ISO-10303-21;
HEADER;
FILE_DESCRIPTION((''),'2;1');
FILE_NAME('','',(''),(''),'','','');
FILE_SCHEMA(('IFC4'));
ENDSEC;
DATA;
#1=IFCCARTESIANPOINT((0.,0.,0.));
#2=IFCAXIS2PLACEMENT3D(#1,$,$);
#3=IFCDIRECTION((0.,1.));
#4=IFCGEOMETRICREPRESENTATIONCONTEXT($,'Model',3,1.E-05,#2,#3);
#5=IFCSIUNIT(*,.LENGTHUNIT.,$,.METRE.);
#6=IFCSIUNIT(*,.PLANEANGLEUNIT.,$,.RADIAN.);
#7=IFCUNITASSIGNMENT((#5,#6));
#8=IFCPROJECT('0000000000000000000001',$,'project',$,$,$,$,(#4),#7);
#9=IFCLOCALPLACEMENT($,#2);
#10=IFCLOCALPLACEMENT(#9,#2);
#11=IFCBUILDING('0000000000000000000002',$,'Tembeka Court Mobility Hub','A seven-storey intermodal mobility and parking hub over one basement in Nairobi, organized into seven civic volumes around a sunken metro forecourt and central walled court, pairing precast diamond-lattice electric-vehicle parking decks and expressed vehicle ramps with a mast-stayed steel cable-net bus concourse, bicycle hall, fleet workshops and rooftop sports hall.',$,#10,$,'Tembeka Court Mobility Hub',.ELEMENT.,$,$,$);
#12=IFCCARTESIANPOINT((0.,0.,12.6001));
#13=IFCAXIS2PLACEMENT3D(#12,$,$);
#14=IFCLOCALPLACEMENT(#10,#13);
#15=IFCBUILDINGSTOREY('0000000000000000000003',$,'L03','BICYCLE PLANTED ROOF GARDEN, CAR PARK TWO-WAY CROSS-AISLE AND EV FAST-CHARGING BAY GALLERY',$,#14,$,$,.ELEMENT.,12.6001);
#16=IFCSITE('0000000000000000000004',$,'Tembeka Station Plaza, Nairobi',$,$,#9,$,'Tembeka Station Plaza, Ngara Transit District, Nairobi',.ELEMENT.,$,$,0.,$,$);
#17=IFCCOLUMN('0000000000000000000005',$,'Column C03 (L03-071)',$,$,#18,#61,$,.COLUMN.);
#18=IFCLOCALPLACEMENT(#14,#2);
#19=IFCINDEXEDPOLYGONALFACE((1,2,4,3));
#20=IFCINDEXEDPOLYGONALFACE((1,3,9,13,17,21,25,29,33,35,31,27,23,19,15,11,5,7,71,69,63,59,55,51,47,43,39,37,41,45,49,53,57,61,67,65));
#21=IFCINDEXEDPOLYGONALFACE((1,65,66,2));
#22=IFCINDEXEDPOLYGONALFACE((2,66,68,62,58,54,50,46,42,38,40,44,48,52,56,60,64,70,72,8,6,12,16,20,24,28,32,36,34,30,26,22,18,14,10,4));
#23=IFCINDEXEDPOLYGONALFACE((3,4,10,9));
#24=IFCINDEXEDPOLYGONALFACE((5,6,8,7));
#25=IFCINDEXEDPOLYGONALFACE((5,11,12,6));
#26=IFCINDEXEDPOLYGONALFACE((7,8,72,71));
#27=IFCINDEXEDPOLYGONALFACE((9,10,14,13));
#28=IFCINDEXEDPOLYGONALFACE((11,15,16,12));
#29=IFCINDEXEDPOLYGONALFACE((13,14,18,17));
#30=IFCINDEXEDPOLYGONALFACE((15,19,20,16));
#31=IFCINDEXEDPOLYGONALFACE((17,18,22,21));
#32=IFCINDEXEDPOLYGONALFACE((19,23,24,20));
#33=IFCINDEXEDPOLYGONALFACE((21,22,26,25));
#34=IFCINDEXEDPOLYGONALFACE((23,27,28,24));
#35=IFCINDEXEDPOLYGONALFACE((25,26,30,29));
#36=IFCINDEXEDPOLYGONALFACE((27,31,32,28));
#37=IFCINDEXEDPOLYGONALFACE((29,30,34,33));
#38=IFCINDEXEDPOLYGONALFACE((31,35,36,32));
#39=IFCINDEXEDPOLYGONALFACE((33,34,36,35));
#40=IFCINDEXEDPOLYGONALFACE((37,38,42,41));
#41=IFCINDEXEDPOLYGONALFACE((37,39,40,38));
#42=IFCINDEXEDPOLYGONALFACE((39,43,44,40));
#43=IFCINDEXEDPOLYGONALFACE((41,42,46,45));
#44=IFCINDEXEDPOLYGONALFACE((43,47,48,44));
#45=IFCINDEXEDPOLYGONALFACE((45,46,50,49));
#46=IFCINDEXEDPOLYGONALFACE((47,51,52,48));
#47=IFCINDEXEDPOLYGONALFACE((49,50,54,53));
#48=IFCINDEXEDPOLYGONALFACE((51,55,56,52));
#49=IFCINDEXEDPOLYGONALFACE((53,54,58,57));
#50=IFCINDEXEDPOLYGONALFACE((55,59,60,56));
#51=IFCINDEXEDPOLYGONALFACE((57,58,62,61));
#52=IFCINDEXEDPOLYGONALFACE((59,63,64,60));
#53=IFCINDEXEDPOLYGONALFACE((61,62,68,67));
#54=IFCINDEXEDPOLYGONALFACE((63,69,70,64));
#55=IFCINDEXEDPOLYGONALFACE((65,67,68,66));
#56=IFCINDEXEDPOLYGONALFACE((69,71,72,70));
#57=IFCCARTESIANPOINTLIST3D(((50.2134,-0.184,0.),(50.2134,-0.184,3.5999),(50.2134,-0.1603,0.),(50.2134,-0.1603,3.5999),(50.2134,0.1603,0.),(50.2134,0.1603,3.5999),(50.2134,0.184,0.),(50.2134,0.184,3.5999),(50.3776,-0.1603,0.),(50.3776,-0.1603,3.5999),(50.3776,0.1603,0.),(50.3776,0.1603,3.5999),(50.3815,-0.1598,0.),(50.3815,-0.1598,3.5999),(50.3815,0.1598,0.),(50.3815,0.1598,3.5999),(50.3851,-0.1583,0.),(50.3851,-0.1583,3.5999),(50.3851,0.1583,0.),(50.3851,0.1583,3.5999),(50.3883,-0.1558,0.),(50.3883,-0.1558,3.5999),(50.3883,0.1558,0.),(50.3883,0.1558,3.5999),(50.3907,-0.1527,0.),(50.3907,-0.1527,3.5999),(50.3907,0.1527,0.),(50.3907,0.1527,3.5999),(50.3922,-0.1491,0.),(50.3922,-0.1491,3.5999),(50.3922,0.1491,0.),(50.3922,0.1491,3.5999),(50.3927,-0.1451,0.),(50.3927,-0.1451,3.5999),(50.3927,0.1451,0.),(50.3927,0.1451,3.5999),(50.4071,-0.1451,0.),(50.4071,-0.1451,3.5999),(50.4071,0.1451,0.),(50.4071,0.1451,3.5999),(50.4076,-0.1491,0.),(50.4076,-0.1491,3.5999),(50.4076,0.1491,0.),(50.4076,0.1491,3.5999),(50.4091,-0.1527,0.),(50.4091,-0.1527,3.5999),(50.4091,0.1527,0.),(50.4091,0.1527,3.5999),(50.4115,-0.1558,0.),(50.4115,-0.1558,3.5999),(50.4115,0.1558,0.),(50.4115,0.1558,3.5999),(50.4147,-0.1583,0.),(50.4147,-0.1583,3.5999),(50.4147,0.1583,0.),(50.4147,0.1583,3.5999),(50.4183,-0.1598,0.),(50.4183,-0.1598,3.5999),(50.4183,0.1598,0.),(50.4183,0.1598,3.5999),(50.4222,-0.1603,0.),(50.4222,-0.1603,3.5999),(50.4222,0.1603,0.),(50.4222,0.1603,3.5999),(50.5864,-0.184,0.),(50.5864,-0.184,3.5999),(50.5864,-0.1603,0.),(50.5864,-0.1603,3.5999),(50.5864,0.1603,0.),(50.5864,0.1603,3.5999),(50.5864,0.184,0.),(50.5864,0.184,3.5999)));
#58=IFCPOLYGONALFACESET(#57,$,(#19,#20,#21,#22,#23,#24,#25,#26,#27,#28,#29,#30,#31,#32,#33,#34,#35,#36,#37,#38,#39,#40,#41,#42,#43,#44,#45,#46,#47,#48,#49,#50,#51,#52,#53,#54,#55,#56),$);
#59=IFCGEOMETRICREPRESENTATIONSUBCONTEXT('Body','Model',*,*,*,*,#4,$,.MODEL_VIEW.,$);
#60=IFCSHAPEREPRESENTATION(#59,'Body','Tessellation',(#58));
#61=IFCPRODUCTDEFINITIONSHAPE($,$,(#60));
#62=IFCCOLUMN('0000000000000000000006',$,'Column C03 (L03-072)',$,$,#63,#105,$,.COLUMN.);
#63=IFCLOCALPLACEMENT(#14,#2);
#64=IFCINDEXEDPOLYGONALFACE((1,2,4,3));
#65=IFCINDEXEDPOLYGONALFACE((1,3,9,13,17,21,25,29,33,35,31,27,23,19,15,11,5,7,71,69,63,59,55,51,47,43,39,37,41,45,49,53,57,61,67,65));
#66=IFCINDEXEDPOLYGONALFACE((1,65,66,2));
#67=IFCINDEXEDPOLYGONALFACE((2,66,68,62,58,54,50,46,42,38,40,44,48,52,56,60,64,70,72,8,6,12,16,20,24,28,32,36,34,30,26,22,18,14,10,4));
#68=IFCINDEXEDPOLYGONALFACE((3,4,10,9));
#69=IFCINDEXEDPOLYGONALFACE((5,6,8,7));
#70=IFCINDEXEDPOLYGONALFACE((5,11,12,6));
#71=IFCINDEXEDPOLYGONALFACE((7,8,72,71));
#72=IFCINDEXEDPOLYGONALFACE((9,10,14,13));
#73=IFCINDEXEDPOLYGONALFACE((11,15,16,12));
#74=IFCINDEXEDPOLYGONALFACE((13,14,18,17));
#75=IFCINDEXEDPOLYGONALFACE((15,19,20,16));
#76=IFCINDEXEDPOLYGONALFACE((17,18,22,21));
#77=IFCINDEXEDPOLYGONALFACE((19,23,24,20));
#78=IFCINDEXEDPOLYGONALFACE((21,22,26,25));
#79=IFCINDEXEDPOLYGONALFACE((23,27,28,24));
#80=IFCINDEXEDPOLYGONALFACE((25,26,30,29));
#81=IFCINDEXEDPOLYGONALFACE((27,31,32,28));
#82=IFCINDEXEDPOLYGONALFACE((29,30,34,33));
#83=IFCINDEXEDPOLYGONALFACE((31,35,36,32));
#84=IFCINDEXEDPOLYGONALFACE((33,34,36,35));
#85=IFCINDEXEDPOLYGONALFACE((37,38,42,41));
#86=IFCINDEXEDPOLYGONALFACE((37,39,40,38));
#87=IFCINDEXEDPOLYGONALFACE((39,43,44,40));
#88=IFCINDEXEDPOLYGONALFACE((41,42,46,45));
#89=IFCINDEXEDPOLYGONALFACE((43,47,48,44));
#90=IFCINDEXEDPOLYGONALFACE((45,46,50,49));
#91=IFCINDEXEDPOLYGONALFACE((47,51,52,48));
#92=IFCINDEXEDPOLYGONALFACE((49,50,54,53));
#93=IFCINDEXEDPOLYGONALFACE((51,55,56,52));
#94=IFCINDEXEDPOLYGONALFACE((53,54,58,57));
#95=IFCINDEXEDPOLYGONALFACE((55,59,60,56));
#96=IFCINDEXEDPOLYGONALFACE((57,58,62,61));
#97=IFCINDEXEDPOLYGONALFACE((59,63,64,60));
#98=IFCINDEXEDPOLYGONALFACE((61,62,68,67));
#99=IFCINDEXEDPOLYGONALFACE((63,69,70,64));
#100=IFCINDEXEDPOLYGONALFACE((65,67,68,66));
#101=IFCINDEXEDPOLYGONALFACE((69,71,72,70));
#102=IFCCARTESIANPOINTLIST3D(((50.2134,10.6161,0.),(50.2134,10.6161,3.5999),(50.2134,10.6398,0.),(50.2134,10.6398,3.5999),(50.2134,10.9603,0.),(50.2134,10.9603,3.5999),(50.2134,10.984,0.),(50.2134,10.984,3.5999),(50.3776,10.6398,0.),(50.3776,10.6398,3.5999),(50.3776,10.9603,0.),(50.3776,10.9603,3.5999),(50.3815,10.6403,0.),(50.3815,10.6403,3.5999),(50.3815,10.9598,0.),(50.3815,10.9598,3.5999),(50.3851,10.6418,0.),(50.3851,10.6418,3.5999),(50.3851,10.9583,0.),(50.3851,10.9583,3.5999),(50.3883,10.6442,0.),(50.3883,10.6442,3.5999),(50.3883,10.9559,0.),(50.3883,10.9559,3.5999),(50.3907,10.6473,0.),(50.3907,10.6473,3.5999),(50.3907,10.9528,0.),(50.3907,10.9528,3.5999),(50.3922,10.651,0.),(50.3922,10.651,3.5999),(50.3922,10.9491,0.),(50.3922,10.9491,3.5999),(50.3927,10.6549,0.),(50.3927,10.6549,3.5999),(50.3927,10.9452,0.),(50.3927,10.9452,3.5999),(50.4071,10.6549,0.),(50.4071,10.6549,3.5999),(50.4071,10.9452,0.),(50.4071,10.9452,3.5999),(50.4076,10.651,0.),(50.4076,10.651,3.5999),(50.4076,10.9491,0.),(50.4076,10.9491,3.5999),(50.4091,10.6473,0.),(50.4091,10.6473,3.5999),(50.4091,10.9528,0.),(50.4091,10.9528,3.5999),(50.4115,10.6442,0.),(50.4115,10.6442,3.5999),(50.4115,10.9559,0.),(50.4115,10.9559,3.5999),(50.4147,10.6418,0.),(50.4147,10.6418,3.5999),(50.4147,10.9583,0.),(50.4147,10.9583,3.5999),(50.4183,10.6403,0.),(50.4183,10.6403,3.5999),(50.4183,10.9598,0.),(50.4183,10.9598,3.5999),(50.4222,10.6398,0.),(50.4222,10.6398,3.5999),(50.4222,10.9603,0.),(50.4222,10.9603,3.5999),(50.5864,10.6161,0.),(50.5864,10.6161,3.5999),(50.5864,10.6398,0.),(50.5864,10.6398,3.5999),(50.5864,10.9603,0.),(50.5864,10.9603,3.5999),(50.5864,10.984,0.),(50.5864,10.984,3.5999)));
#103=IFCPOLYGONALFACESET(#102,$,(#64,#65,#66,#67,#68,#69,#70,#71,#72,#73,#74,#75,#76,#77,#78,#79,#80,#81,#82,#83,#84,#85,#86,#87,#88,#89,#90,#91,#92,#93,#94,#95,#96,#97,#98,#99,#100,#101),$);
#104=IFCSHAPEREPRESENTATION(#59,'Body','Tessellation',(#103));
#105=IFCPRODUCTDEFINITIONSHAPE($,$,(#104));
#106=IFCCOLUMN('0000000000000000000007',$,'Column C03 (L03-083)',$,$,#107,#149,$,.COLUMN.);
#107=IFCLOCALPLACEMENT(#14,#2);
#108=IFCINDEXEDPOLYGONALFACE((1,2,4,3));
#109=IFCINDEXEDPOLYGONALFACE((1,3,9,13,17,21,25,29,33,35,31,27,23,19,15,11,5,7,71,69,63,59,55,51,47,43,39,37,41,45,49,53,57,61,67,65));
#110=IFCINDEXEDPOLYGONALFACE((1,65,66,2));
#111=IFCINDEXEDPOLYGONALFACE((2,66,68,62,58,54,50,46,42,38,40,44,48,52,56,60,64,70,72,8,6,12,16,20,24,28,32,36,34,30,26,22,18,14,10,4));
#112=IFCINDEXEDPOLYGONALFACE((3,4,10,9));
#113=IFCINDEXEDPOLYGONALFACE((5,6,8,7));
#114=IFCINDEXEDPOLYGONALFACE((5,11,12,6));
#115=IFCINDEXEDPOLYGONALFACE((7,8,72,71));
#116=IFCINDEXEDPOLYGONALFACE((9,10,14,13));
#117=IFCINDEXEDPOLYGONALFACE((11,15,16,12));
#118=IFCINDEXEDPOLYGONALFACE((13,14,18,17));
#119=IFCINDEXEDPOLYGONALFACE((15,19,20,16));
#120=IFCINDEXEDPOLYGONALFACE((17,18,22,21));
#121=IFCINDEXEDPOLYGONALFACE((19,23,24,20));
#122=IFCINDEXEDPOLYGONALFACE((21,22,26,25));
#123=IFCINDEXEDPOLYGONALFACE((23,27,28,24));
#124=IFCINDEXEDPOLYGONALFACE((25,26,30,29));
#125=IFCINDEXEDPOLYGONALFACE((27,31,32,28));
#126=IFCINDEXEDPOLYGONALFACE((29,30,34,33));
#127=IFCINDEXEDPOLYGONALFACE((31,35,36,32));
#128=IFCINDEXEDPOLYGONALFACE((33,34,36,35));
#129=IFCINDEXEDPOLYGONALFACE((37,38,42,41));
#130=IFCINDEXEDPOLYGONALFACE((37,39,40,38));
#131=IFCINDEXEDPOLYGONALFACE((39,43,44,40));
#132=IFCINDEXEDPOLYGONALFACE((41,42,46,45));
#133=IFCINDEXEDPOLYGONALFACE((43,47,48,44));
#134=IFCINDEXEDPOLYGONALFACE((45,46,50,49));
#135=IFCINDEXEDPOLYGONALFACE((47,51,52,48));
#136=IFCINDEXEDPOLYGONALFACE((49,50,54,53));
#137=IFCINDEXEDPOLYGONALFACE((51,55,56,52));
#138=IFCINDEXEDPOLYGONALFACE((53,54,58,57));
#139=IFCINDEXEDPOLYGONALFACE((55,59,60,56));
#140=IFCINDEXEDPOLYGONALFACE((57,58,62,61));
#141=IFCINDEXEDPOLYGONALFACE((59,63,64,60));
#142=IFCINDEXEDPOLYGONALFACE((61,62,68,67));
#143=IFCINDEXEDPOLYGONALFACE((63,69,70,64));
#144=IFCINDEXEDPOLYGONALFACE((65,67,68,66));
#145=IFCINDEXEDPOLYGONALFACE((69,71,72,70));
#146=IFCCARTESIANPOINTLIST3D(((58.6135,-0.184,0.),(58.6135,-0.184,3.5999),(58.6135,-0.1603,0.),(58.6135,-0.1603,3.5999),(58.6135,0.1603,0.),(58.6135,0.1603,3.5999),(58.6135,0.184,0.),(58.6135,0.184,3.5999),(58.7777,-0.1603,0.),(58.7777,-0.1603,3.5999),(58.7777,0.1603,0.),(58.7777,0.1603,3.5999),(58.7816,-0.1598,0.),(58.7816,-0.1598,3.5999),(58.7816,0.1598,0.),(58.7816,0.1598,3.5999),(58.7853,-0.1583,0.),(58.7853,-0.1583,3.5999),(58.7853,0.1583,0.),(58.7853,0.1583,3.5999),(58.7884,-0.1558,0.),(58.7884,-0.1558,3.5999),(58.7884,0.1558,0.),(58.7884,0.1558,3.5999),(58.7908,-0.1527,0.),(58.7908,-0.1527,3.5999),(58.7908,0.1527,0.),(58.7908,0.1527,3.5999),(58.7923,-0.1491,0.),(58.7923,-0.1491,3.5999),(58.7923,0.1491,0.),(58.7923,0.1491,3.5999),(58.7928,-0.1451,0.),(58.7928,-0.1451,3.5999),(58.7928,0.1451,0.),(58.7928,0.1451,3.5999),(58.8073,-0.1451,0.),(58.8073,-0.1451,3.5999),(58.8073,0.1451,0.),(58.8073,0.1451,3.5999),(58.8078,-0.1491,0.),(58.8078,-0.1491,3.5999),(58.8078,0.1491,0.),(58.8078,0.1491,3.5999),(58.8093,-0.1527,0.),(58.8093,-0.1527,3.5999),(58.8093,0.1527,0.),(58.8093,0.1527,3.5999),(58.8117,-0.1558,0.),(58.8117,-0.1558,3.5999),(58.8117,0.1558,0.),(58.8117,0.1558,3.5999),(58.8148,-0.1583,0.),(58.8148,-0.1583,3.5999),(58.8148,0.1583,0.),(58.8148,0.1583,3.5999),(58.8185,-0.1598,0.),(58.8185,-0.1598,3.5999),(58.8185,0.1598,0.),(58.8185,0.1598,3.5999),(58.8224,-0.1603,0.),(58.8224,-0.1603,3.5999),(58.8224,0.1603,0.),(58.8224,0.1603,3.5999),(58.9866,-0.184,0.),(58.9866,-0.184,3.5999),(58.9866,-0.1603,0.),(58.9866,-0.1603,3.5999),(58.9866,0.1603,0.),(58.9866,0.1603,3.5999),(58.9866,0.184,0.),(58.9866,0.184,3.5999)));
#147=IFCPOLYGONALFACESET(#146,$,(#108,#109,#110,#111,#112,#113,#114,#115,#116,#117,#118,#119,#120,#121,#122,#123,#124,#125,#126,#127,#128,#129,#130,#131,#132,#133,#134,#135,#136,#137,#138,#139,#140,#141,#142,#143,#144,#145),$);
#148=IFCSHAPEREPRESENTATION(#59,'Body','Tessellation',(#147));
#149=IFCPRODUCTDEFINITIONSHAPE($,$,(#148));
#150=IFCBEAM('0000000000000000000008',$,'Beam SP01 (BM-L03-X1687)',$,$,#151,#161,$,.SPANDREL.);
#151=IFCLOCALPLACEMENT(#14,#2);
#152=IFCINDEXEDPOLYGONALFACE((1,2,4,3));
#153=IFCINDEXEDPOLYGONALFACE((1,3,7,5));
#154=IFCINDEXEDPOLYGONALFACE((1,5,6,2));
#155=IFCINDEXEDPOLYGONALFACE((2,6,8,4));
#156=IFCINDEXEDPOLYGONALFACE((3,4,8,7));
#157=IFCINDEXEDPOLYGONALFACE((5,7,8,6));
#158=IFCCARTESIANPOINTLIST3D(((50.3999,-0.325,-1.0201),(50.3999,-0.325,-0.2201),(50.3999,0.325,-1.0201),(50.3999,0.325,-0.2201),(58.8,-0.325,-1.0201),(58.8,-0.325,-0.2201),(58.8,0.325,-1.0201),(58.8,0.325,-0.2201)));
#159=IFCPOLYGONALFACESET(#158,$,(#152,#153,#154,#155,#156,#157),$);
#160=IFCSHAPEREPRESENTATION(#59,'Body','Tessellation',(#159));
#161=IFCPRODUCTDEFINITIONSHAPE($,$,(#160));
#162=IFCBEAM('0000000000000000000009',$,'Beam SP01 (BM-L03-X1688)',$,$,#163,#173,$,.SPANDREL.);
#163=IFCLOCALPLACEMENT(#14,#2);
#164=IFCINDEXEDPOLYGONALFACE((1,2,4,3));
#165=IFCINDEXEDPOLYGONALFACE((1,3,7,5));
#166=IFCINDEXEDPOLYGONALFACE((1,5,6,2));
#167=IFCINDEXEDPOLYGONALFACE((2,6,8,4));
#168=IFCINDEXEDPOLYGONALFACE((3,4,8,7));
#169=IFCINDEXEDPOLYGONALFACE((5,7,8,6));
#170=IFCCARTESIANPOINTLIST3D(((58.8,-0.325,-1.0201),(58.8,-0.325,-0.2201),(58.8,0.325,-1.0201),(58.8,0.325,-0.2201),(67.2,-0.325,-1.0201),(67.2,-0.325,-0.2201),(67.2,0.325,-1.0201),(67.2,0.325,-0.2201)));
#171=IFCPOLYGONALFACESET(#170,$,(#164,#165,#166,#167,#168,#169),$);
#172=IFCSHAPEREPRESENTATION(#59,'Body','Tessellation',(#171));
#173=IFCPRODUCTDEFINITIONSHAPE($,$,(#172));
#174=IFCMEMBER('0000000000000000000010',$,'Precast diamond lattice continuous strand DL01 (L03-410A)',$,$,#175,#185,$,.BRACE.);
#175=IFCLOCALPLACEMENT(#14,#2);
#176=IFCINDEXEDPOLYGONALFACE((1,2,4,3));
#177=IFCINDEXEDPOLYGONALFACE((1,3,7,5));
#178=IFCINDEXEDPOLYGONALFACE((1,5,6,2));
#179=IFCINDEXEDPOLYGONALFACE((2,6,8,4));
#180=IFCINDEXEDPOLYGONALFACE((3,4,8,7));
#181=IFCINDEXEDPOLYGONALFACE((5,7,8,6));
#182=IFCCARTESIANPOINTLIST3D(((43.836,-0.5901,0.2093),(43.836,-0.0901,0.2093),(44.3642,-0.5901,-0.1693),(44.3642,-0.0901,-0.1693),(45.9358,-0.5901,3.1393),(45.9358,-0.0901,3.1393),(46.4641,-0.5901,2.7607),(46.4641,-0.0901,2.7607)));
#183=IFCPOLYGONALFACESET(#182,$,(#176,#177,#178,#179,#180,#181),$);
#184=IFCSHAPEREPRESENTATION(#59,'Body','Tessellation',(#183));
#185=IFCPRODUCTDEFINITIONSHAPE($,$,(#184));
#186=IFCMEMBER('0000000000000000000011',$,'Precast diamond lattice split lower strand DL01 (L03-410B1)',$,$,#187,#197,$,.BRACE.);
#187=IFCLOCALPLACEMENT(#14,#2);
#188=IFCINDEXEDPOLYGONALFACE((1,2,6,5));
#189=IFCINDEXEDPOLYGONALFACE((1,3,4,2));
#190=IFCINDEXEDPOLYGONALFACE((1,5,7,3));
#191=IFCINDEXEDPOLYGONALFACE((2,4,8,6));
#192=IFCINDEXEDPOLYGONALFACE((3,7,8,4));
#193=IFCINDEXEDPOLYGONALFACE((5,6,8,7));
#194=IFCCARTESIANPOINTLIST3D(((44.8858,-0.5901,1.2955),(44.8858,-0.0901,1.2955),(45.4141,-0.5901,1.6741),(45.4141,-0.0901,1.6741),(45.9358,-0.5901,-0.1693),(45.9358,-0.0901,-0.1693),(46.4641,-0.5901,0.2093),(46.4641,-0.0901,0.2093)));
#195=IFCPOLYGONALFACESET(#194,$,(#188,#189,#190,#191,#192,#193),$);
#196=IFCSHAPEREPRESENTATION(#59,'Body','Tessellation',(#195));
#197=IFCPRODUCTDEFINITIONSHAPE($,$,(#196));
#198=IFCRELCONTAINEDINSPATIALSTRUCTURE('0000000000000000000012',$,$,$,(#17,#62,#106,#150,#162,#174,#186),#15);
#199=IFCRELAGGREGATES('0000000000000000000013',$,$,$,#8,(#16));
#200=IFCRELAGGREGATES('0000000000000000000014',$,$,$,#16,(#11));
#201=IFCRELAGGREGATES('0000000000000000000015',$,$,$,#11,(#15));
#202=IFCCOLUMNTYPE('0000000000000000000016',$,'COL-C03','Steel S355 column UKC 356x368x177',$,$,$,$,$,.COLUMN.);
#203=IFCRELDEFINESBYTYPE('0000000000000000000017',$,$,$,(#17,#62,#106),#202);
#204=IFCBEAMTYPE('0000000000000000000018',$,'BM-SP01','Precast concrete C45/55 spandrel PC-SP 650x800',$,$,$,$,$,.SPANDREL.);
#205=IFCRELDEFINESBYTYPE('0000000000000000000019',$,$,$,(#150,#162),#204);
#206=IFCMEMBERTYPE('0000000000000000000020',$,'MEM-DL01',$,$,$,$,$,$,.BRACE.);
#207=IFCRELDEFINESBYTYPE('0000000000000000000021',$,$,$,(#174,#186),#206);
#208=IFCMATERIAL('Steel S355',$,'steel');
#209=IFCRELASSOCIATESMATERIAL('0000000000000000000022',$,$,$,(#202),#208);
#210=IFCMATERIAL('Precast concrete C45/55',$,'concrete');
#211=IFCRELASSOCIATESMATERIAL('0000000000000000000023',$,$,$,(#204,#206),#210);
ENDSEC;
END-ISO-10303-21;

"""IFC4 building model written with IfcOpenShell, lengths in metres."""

from ifc_helpers import new_model, si_unit, direction, frame, origin, origin_2d, place, context, subcontext, project, spatial, rectangle, i_section, extrude, material, material_profile, profile_set, type_object, element, save


model = new_model("IFC4")

# Units and contexts
model_context = context("Model", 3, precision=1e-05, world=origin(), true_north=direction((0.0, 1.0)))
body_context = subcontext(model_context, "Body", "Model", "MODEL_VIEW")
ifc_project = project(units=[si_unit("LENGTHUNIT", "METRE"), si_unit("PLANEANGLEUNIT", "RADIAN")], contexts=[model_context])

# Site, building, storey
site_placement = place(None, origin())
site = spatial("IfcSite", under=ifc_project, at=site_placement, Name="Tembeka Station Plaza, Nairobi", LongName="Tembeka Station Plaza, Ngara Transit District, Nairobi", CompositionType="ELEMENT", RefElevation=0.0)
building_placement = place(site_placement, origin())
building = spatial("IfcBuilding", under=site, at=building_placement, Name="Tembeka Court Mobility Hub", Description="A seven-storey intermodal mobility and parking hub over one basement in Nairobi, organized into seven civic volumes around a sunken metro forecourt and central walled court, pairing precast diamond-lattice electric-vehicle parking decks and expressed vehicle ramps with a mast-stayed steel cable-net bus concourse, bicycle hall, fleet workshops and rooftop sports hall.", LongName="Tembeka Court Mobility Hub", CompositionType="ELEMENT")
storey_placement = place(building_placement, frame((0.0, 0.0, 12.6001)))
storey = spatial("IfcBuildingStorey", under=building, at=storey_placement, Name="L03", Description="BICYCLE PLANTED ROOF GARDEN, CAR PARK TWO-WAY CROSS-AISLE AND EV FAST-CHARGING BAY GALLERY", CompositionType="ELEMENT", Elevation=12.6001)

# Columns
ifc_material_1 = material(Name="Steel S355", Category="steel")
ifc_material_profile_1 = material_profile(ifc_material_1, i_section(OverallWidth=0.373, OverallDepth=0.3679, WebThickness=0.0144, FlangeThickness=0.0237, FilletRadius=0.0151, at=origin_2d()), Name="UKC 356x368x177")
ifc_profile_set_1 = profile_set([ifc_material_profile_1], Name="Steel S355")
column_type = type_object("IfcColumnType", Name="COL-C03", Description="Steel S355 column UKC 356x368x177", PredefinedType="COLUMN", material=ifc_profile_set_1)
for number, where, z_axis, x_axis, name in (
    (1, (50.3999, 0.0, 0.0), (0.0, 0.0, 1.0), (1.0, 0.0, 0.0), "Column C03 (L03-071)"),
    (2, (50.3999, 10.8, 0.0), (0.0, 0.0, 1.0), (1.0, 0.0, 0.0), "Column C03 (L03-072)"),
    (3, (58.8, 0.0, 0.0), (0.0, 0.0, 1.0), (1.0, 0.0, 0.0), "Column C03 (L03-083)"),
):
    element("IfcColumn", number, at=place(storey_placement, frame(where, z_axis=z_axis, x_axis=x_axis)), inside=storey, type_object=column_type, Name=name, PredefinedType="COLUMN", context=body_context, shape_type="SweptSolid", body=[
        extrude(i_section(OverallWidth=0.373, OverallDepth=0.3679, WebThickness=0.0144, FlangeThickness=0.0237, FilletRadius=0.0151, at=origin_2d()), origin(), (0.0, 0.0, 1.0), 3.5999),
    ])

# Beams
ifc_material_2 = material(Name="Precast concrete C45/55", Category="concrete")
ifc_material_profile_2 = material_profile(ifc_material_2, rectangle(XDim=0.6499, YDim=0.8, at=origin_2d()), Name="PC-SP 650x800")
ifc_profile_set_2 = profile_set([ifc_material_profile_2], Name="Precast concrete C45/55")
beam_type = type_object("IfcBeamType", Name="BM-SP01", Description="Precast concrete C45/55 spandrel PC-SP 650x800", PredefinedType="SPANDREL", material=ifc_profile_set_2)
beam_1_placement = place(storey_placement, frame((50.3999, 0.0, -0.6201), z_axis=(1.0, 0.0, 0.0), x_axis=(0.0, 1.0, 0.0)))
element("IfcBeam", 4, at=beam_1_placement, inside=storey, type_object=beam_type, Name="Beam SP01 (BM-L03-X1687)", PredefinedType="SPANDREL", context=body_context, shape_type="SweptSolid", body=[
    extrude(rectangle(XDim=0.6499, YDim=0.8, at=origin_2d()), origin(), (0.0, 0.0, 1.0), 8.4001),
])
beam_2_placement = place(storey_placement, frame((58.8, 0.0, -0.6201), z_axis=(1.0, 0.0, 0.0), x_axis=(0.0, 1.0, 0.0)))
element("IfcBeam", 5, at=beam_2_placement, inside=storey, type_object=beam_type, Name="Beam SP01 (BM-L03-X1688)", PredefinedType="SPANDREL", context=body_context, shape_type="SweptSolid", body=[
    extrude(rectangle(XDim=0.6499, YDim=0.8, at=origin_2d()), origin(), (0.0, 0.0, 1.0), 8.3999),
])

# Members
ifc_material_profile_3 = material_profile(ifc_material_2, rectangle(XDim=0.5, YDim=0.6499, at=origin_2d()), Name="PC-DIAG 500x650")
ifc_profile_set_3 = profile_set([ifc_material_profile_3], Name="Precast concrete C45/55")
member_type_1 = type_object("IfcMemberType", Name="MEM-DL01", PredefinedType="BRACE", material=ifc_profile_set_3)
member_1_placement = place(storey_placement, frame((44.1001, -0.3401, 0.02), z_axis=(0.582532, 0.0, 0.812808), x_axis=(0.0, 1.0, 0.0)))
element("IfcMember", 6, at=member_1_placement, inside=storey, type_object=member_type_1, Name="Precast diamond lattice continuous strand DL01 (L03-410A)", PredefinedType="BRACE", context=body_context, shape_type="SweptSolid", body=[
    extrude(rectangle(XDim=0.5, YDim=0.6499, at=origin_2d()), origin(), (0.0, 0.0, 1.0), 3.6047),
])
member_2_placement = place(storey_placement, frame((46.2, -0.3401, 0.02), z_axis=(-0.582608, 0.0, 0.812753), x_axis=(0.0, -1.0, 0.0)))
element("IfcMember", 7, at=member_2_placement, inside=storey, type_object=member_type_1, Name="Precast diamond lattice split lower strand DL01 (L03-410B1)", PredefinedType="BRACE", context=body_context, shape_type="SweptSolid", body=[
    extrude(rectangle(XDim=0.5, YDim=0.6499, at=origin_2d()), origin(), (0.0, 0.0, 1.0), 1.8022),
])

save(model, "model.ifc")
